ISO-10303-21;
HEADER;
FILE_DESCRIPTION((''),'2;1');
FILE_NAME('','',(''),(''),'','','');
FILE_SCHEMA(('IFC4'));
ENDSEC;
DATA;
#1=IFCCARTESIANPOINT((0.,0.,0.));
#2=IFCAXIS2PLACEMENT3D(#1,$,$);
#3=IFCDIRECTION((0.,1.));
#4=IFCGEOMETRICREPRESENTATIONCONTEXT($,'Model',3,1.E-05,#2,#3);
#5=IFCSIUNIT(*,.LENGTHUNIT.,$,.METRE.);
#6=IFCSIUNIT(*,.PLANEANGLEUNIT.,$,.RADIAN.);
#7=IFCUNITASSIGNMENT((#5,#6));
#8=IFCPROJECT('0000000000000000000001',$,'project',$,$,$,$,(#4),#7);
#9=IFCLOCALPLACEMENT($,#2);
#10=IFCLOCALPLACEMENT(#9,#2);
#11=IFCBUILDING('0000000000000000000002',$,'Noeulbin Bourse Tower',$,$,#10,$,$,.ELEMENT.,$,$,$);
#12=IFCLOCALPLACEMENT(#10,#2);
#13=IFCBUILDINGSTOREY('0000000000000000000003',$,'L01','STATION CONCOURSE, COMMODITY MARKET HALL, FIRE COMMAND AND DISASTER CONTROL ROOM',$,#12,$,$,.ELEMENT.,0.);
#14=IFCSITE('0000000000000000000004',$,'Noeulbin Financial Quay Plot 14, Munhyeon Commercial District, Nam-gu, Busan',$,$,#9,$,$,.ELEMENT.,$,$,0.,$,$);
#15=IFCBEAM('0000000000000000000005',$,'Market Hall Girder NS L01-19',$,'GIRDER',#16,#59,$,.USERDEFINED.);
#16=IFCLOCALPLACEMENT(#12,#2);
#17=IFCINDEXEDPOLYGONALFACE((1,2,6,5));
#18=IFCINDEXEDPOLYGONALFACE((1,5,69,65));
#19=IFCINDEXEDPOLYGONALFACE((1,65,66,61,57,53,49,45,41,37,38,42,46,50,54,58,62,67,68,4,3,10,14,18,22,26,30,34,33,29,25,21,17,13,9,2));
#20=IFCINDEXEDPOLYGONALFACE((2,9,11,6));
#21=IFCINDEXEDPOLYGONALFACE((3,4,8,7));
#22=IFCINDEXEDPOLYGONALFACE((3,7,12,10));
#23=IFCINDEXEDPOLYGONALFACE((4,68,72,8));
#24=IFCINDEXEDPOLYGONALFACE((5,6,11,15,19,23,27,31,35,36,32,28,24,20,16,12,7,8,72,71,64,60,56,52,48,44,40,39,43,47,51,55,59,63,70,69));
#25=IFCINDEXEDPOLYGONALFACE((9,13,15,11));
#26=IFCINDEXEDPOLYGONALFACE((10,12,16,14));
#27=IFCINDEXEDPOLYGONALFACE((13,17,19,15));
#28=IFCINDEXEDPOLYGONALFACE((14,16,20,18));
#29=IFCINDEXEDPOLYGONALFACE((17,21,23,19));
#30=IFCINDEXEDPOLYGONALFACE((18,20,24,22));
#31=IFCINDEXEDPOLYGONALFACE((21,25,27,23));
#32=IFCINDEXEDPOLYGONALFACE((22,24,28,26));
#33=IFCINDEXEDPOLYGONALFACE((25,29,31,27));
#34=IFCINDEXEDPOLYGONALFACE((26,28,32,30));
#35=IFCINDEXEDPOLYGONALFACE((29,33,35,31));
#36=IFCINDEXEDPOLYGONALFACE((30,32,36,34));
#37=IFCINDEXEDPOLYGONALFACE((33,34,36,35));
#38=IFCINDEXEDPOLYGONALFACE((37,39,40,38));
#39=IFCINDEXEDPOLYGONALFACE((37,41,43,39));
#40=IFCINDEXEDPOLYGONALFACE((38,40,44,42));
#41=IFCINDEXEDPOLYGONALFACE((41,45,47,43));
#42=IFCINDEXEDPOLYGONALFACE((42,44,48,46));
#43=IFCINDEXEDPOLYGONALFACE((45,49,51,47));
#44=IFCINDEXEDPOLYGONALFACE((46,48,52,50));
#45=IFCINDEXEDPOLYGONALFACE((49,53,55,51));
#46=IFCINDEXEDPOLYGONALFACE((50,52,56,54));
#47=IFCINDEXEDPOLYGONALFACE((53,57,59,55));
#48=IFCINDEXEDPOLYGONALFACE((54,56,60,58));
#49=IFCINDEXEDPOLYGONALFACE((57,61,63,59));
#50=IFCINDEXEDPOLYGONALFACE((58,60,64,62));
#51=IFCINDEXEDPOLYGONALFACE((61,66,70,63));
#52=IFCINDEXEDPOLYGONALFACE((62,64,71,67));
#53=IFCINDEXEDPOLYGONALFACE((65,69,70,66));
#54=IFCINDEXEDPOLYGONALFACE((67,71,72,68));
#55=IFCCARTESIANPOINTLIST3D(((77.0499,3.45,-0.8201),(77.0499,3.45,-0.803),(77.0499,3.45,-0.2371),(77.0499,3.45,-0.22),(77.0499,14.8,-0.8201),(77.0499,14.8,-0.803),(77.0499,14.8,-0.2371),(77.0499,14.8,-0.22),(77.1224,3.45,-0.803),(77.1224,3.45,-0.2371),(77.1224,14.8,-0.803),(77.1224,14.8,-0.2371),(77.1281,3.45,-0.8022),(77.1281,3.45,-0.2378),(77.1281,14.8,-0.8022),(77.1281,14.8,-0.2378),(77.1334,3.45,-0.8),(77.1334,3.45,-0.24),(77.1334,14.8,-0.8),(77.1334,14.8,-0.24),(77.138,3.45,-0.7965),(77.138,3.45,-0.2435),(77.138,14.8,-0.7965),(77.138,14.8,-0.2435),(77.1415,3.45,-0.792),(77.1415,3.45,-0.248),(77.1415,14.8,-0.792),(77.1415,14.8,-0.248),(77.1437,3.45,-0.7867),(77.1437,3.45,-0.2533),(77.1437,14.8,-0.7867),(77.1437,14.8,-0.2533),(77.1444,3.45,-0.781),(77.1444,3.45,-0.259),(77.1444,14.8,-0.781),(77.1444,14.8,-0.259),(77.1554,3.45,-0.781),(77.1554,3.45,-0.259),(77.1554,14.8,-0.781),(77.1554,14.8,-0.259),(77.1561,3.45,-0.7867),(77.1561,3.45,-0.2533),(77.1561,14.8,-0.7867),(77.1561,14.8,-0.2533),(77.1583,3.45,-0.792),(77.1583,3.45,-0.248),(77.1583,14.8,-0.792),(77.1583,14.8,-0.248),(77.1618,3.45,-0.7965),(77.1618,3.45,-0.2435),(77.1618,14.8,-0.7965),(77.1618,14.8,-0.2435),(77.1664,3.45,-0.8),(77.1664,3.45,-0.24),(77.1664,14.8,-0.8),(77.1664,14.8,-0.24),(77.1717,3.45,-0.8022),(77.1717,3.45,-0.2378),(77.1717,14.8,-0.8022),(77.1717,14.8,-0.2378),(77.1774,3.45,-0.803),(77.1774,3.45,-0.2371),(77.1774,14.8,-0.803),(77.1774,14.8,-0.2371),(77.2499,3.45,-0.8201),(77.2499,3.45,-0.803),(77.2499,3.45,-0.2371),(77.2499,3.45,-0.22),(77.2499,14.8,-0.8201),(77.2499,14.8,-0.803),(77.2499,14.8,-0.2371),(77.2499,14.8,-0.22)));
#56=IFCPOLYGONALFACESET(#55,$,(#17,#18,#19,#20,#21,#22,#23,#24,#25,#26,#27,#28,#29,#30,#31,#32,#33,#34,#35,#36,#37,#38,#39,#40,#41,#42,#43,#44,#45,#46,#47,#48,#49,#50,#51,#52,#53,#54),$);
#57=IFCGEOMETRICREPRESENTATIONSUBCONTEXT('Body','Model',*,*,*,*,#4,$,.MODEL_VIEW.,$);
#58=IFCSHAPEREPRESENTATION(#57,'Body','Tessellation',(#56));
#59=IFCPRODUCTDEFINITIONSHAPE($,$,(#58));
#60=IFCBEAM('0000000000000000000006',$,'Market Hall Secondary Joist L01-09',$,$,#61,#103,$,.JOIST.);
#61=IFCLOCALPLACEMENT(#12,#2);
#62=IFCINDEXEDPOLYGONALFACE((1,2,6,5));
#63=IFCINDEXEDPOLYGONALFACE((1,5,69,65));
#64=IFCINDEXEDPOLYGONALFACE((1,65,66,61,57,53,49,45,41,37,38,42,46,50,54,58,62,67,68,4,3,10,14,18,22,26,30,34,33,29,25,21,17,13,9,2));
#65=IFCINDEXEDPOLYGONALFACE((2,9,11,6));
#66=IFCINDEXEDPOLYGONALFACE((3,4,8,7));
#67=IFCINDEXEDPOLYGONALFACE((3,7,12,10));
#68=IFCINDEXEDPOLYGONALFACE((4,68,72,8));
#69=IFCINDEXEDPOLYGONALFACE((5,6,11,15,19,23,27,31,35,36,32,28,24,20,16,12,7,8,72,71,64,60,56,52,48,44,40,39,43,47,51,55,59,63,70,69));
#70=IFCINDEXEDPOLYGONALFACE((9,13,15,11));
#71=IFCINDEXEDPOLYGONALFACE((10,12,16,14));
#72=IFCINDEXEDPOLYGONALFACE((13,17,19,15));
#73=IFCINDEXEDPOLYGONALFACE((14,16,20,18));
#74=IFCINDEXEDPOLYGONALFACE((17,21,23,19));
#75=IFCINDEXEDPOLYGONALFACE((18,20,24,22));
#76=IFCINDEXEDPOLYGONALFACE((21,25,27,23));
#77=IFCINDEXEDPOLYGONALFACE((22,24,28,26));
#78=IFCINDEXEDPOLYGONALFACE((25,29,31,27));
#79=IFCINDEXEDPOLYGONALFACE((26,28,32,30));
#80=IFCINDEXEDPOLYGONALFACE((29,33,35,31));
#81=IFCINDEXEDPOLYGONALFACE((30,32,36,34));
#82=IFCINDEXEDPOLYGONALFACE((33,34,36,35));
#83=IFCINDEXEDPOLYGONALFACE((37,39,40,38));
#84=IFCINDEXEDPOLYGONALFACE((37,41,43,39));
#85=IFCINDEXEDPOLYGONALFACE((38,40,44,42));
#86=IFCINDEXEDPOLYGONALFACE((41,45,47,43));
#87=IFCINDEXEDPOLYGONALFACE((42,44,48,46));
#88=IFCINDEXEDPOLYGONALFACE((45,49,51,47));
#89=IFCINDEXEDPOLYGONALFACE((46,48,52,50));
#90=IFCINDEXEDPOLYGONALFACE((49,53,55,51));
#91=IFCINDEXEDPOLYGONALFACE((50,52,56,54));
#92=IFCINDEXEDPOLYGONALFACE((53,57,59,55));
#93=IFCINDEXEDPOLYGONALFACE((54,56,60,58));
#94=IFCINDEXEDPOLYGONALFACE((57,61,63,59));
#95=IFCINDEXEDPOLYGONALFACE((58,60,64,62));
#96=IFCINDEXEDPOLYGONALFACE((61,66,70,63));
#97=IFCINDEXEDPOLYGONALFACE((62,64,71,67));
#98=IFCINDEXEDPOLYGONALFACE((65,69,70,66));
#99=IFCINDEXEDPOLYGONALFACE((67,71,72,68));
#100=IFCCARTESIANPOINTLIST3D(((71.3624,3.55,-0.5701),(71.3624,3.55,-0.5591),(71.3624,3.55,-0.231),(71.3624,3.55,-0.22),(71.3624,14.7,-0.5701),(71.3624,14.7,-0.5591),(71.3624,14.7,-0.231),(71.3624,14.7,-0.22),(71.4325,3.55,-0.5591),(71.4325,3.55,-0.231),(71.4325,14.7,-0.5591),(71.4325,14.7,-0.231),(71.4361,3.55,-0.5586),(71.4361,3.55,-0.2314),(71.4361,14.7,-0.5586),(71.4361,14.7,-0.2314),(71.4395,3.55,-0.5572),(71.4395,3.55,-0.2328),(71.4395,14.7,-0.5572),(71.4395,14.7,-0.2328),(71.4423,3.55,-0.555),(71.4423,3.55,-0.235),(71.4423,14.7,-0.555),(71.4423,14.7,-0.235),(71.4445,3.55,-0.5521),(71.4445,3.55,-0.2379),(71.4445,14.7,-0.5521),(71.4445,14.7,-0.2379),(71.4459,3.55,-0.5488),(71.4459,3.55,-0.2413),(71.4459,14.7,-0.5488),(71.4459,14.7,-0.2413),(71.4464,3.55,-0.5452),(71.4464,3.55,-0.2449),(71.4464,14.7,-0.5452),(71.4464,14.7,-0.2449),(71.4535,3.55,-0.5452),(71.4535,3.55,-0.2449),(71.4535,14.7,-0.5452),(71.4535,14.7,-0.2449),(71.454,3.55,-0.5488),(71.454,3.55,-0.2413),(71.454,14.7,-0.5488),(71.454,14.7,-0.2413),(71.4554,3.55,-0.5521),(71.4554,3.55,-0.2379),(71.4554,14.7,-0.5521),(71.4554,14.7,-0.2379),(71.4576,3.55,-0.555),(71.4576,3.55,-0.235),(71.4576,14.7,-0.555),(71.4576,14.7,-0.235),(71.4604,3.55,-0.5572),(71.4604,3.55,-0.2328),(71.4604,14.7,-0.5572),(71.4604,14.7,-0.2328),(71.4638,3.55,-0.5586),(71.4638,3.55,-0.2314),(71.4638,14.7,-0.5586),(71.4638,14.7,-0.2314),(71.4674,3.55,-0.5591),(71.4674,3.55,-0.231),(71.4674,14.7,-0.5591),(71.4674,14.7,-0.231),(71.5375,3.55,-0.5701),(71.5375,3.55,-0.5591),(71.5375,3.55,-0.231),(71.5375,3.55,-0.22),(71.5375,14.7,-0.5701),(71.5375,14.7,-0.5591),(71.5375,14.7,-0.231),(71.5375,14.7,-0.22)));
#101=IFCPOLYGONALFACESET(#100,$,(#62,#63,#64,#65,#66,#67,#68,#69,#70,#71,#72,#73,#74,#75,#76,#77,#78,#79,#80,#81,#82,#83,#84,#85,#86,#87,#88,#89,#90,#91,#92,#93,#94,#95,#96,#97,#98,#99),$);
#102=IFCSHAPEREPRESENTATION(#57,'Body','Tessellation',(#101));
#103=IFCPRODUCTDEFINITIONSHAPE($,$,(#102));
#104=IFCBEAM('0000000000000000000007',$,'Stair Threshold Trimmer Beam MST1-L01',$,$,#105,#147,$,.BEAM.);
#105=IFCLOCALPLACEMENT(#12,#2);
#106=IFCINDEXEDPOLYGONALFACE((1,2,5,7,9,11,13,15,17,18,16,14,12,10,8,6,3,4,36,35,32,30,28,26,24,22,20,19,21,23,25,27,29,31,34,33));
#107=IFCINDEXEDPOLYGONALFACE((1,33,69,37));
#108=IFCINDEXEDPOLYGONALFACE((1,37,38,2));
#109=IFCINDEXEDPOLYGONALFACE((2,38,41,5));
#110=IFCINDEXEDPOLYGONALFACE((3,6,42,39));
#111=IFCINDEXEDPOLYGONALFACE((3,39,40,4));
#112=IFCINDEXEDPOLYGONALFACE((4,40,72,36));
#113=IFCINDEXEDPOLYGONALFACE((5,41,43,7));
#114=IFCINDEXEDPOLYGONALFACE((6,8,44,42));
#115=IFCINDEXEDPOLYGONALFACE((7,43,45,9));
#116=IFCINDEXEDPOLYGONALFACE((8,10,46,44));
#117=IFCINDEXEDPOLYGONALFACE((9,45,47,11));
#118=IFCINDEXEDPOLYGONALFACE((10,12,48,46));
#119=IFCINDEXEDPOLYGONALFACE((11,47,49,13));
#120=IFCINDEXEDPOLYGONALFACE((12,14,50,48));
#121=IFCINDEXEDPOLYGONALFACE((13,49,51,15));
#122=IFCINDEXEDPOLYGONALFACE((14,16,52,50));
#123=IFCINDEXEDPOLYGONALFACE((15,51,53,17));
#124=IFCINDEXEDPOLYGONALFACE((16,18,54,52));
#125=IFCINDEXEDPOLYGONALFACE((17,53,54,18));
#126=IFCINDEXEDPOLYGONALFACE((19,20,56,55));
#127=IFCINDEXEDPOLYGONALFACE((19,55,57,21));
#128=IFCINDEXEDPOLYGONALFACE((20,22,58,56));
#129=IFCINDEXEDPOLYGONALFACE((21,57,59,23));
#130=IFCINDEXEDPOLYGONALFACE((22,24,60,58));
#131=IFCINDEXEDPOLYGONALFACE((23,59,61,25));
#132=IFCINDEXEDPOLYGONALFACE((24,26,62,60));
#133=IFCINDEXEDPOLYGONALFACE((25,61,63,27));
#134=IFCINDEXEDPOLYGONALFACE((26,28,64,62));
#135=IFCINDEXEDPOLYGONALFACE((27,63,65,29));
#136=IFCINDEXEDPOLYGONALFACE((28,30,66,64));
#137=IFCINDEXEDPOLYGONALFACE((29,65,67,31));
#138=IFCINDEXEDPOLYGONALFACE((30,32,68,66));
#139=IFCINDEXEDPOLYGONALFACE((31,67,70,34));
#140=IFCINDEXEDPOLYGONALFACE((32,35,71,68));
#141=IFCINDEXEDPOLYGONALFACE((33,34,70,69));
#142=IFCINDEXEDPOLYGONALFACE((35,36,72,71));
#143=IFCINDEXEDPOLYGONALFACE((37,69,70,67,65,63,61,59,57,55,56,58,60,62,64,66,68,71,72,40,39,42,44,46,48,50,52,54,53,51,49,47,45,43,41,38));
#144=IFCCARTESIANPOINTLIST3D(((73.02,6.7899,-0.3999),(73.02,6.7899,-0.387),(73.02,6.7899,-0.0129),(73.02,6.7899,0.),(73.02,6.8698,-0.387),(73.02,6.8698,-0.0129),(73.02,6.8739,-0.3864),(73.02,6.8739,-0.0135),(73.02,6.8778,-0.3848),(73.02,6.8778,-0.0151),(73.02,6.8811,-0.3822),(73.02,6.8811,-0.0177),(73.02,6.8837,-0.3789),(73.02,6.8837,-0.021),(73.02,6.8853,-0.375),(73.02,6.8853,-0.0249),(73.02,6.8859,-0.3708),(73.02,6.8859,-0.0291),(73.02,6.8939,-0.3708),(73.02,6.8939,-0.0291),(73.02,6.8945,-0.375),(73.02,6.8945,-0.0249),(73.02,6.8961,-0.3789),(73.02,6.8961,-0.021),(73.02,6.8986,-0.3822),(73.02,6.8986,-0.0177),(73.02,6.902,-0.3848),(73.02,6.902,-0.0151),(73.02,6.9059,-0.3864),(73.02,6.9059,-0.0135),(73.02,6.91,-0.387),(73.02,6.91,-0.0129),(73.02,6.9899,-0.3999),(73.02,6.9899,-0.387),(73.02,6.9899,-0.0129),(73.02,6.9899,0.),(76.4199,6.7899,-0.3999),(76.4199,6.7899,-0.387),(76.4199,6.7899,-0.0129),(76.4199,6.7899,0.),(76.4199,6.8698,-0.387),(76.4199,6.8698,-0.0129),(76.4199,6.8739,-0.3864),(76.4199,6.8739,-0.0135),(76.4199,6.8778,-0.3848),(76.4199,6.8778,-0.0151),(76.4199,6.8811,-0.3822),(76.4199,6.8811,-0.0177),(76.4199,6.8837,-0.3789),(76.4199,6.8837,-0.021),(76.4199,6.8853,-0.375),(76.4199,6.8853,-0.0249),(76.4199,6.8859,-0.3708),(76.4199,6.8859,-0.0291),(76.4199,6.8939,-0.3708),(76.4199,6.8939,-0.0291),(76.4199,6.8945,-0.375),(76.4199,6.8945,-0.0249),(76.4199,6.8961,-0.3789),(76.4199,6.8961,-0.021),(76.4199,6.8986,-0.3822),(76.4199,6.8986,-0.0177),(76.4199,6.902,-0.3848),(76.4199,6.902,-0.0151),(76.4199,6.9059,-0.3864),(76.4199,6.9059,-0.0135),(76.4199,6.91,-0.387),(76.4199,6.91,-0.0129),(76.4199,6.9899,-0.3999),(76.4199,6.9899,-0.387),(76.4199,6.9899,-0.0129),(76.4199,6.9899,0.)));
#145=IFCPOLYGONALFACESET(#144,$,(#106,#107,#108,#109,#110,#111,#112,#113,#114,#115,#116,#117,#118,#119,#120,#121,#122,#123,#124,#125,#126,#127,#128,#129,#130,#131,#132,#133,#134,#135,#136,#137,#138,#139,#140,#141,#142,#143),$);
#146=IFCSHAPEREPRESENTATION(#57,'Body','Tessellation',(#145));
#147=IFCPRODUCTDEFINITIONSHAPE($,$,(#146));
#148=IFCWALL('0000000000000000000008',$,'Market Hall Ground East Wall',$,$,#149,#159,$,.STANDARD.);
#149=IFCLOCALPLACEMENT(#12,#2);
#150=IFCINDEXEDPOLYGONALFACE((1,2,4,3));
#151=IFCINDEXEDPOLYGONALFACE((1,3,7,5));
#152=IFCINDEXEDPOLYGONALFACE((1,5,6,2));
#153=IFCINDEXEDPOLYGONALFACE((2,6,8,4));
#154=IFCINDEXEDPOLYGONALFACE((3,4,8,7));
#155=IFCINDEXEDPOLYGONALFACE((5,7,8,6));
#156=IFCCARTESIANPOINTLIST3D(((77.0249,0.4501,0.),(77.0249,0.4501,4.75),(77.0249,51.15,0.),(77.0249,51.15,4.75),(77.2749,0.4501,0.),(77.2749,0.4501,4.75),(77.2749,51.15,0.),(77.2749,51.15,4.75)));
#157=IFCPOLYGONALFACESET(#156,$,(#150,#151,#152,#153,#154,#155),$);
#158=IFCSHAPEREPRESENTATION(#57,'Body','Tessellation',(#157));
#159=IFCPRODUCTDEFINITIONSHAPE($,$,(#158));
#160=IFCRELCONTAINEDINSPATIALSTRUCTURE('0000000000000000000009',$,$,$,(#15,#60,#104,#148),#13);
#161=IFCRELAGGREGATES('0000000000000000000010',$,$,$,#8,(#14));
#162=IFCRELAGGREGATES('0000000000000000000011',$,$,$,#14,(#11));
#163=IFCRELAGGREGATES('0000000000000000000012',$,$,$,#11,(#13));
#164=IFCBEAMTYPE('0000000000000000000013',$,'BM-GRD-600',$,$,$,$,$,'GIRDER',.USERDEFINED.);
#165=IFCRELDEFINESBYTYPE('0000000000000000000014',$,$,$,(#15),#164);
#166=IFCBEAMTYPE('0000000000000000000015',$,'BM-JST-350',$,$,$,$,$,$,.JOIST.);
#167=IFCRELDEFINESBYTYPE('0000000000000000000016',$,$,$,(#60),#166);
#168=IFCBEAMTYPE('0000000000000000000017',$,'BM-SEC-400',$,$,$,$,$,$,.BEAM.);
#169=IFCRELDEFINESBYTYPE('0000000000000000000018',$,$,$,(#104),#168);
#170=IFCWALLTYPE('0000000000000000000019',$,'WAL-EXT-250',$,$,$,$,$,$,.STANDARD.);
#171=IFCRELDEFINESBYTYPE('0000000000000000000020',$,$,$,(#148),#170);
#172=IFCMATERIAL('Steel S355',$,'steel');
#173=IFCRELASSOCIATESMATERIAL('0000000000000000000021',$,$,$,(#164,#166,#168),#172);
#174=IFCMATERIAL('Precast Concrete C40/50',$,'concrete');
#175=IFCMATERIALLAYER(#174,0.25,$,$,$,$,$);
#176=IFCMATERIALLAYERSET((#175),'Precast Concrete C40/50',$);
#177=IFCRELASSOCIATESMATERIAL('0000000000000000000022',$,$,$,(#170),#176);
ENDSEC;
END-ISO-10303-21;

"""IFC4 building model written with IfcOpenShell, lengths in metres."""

from ifc_helpers import new_model, si_unit, direction, frame, frame_2d, origin, origin_2d, place, context, subcontext, project, spatial, rectangle, i_section, extrude, material, layer, layer_set, material_profile, profile_set, type_object, element, save


model = new_model("IFC4")

# Units and contexts
model_context = context("Model", 3, precision=1e-05, world=origin(), true_north=direction((0.0, 1.0)))
body_context = subcontext(model_context, "Body", "Model", "MODEL_VIEW")
ifc_project = project(units=[si_unit("LENGTHUNIT", "METRE"), si_unit("PLANEANGLEUNIT", "RADIAN")], contexts=[model_context])

# Site, building, storey
site_placement = place(None, origin())
site = spatial("IfcSite", under=ifc_project, at=site_placement, Name="Noeulbin Financial Quay Plot 14, Munhyeon Commercial District, Nam-gu, Busan", CompositionType="ELEMENT", RefElevation=0.0)
building_placement = place(site_placement, origin())
building = spatial("IfcBuilding", under=site, at=building_placement, Name="Noeulbin Bourse Tower", CompositionType="ELEMENT")
storey_placement = place(building_placement, origin())
storey = spatial("IfcBuildingStorey", under=building, at=storey_placement, Name="L01", Description="STATION CONCOURSE, COMMODITY MARKET HALL, FIRE COMMAND AND DISASTER CONTROL ROOM", CompositionType="ELEMENT", Elevation=0.0)

# Shared definitions
ifc_material_1 = material(Name="Steel S355", Category="steel")

# Beams
ifc_material_profile_1 = material_profile(ifc_material_1, i_section(OverallWidth=0.2, OverallDepth=0.6001, WebThickness=0.011, FlangeThickness=0.0171, FilletRadius=0.022, at=origin_2d()), Name="H-600x200x11x17", Category="LoadBearing")
ifc_profile_set_1 = profile_set([ifc_material_profile_1], Name="Steel S355")
beam_type_1 = type_object("IfcBeamType", Name="BM-GRD-600", ElementType="GIRDER", PredefinedType="USERDEFINED", material=ifc_profile_set_1)
for number, where, z_axis, x_axis, name in (
    (1, (77.1499, 3.45, -0.52), (0.0, 1.0, 0.0), (-1.0, 0.0, 0.0), "Market Hall Girder NS L01-19"),
):
    element("IfcBeam", number, at=place(storey_placement, frame(where, z_axis=z_axis, x_axis=x_axis)), inside=storey, type_object=beam_type_1, Name=name, ObjectType="GIRDER", PredefinedType="USERDEFINED", context=body_context, shape_type="SweptSolid", body=[
        extrude(i_section(OverallWidth=0.2, OverallDepth=0.6001, WebThickness=0.011, FlangeThickness=0.0171, FilletRadius=0.022, at=origin_2d()), origin(), (0.0, 0.0, 1.0), 11.3501),
    ])
ifc_material_profile_2 = material_profile(ifc_material_1, i_section(OverallWidth=0.175, OverallDepth=0.3501, WebThickness=0.0071, FlangeThickness=0.011, FilletRadius=0.0139, at=origin_2d()), Name="H-350x175x7x11", Category="LoadBearing")
ifc_profile_set_2 = profile_set([ifc_material_profile_2], Name="Steel S355")
beam_type_2 = type_object("IfcBeamType", Name="BM-JST-350", PredefinedType="JOIST", material=ifc_profile_set_2)
beam_1_placement = place(storey_placement, frame((71.45, 3.55, -0.395), z_axis=(0.0, 1.0, 0.0), x_axis=(-1.0, 0.0, 0.0)))
element("IfcBeam", 2, at=beam_1_placement, inside=storey, type_object=beam_type_2, Name="Market Hall Secondary Joist L01-09", PredefinedType="JOIST", context=body_context, shape_type="SweptSolid", body=[
    extrude(i_section(OverallWidth=0.175, OverallDepth=0.3501, WebThickness=0.0071, FlangeThickness=0.011, FilletRadius=0.0139, at=origin_2d()), origin(), (0.0, 0.0, 1.0), 11.1499),
])
ifc_material_profile_3 = material_profile(ifc_material_1, i_section(OverallWidth=0.2, OverallDepth=0.3999, WebThickness=0.0081, FlangeThickness=0.0129, FilletRadius=0.0161, at=origin_2d()), Name="H-400x200x8x13", Category="LoadBearing")
ifc_profile_set_3 = profile_set([ifc_material_profile_3], Name="Steel S355")
beam_type_3 = type_object("IfcBeamType", Name="BM-SEC-400", PredefinedType="BEAM", material=ifc_profile_set_3)
beam_2_placement = place(storey_placement, frame((73.02, 6.8899, -0.2), z_axis=(1.0, 0.0, 0.0), x_axis=(0.0, 1.0, 0.0)))
element("IfcBeam", 3, at=beam_2_placement, inside=storey, type_object=beam_type_3, Name="Stair Threshold Trimmer Beam MST1-L01", PredefinedType="BEAM", context=body_context, shape_type="SweptSolid", body=[
    extrude(i_section(OverallWidth=0.2, OverallDepth=0.3999, WebThickness=0.0081, FlangeThickness=0.0129, FilletRadius=0.0161, at=origin_2d()), origin(), (0.0, 0.0, 1.0), 3.3999),
])

# Wall
ifc_material_2 = material(Name="Precast Concrete C40/50", Category="concrete")
ifc_layer_1 = layer(ifc_material_2, 0.25)
ifc_layer_set_1 = layer_set([ifc_layer_1], Name="Precast Concrete C40/50")
wall_type_1 = type_object("IfcWallType", Name="WAL-EXT-250", PredefinedType="STANDARD", material=ifc_layer_set_1)
wall_1_placement = place(storey_placement, frame((77.1499, 0.45, 0.0), z_axis=(0.0, 0.0, 1.0), x_axis=(0.0, 1.0, 0.0)))
element("IfcWall", 4, at=wall_1_placement, inside=storey, type_object=wall_type_1, Name="Market Hall Ground East Wall", PredefinedType="STANDARD", context=body_context, shape_type="SweptSolid", body=[
    extrude(rectangle(XDim=50.7, YDim=0.25, at=frame_2d((25.3501, 0.0))), origin(), (0.0, 0.0, 1.0), 4.75),
])

save(model, "model.ifc")
